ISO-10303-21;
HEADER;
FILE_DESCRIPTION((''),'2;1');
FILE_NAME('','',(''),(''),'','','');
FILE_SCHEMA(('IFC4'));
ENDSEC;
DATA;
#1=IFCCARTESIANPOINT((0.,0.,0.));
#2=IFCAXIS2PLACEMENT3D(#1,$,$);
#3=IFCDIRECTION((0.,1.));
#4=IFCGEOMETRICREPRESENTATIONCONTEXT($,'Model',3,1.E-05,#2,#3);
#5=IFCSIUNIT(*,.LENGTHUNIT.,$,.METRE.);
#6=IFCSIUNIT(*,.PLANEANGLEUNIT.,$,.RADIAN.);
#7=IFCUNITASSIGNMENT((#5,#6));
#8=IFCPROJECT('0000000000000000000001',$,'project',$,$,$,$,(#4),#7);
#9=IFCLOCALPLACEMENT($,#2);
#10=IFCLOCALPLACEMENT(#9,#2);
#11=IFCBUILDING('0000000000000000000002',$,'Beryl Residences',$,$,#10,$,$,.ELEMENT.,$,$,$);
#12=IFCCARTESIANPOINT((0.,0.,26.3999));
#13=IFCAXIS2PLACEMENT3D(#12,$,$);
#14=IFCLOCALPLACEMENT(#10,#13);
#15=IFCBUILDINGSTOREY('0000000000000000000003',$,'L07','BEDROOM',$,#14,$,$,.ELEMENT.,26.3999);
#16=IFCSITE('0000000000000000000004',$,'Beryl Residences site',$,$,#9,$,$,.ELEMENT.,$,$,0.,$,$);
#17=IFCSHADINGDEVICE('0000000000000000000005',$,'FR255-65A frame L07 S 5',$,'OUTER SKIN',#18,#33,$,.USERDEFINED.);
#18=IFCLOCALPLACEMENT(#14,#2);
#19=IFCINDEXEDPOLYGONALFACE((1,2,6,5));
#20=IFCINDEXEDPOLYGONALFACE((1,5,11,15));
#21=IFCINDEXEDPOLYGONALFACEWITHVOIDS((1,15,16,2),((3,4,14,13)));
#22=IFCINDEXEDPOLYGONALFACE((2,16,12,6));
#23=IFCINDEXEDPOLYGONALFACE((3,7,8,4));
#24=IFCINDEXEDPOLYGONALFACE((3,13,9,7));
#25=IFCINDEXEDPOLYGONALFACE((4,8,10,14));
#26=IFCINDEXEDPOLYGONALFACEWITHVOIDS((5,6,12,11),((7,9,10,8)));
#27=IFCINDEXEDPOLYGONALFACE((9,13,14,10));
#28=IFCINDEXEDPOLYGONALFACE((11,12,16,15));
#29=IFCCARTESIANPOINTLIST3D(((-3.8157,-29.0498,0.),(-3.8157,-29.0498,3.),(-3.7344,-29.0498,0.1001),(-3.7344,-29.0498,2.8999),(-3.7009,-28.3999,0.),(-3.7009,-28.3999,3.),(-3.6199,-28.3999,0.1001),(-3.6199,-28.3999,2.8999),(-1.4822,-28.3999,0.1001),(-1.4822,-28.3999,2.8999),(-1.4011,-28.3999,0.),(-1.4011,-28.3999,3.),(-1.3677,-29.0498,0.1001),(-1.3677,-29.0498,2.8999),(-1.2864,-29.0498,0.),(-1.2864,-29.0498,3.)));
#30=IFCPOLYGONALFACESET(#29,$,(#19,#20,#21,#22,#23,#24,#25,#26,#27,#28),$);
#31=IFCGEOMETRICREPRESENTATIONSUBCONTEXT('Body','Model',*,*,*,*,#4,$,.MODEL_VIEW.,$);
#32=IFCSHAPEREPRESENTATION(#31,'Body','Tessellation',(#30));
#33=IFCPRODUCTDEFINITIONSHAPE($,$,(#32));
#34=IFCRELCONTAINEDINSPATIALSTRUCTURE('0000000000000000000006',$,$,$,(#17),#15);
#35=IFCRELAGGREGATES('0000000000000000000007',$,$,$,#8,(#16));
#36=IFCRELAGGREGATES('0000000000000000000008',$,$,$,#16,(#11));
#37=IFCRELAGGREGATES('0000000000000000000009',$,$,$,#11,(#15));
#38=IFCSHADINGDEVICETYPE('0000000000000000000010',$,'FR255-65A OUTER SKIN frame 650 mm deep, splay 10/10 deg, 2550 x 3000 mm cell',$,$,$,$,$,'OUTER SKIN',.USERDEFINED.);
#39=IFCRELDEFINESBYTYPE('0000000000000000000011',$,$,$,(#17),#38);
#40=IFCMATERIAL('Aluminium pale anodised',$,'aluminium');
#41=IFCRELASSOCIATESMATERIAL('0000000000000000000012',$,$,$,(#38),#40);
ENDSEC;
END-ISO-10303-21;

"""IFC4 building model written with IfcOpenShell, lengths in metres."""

from ifc_helpers import new_model, entity, si_unit, direction, frame, origin, place, context, subcontext, project, spatial, source, transform, mapped, material, type_object, type_shapes, element, save


model = new_model("IFC4")

# Units and contexts
model_context = context("Model", 3, precision=1e-05, world=origin(), true_north=direction((0.0, 1.0)))
body_context = subcontext(model_context, "Body", "Model", "MODEL_VIEW")
ifc_project = project(units=[si_unit("LENGTHUNIT", "METRE"), si_unit("PLANEANGLEUNIT", "RADIAN")], contexts=[model_context])

# Site, building, storey
site_placement = place(None, origin())
site = spatial("IfcSite", under=ifc_project, at=site_placement, Name="Beryl Residences site", CompositionType="ELEMENT", RefElevation=0.0)
building_placement = place(site_placement, origin())
building = spatial("IfcBuilding", under=site, at=building_placement, Name="Beryl Residences", CompositionType="ELEMENT")
storey_placement = place(building_placement, frame((0.0, 0.0, 26.3999)))
storey = spatial("IfcBuildingStorey", under=building, at=storey_placement, Name="L07", Description="BEDROOM", CompositionType="ELEMENT", Elevation=26.3999)

# Shading device
ifc_material_1 = material(Name="Aluminium pale anodised", Category="aluminium")
shading_device_type = type_object("IfcShadingDeviceType", Name="FR255-65A OUTER SKIN frame 650 mm deep, splay 10/10 deg, 2550 x 3000 mm cell", ElementType="OUTER SKIN", PredefinedType="USERDEFINED", material=ifc_material_1)
cartesian_point_1 = entity("IfcCartesianPoint", [-1.1499, 0.0])
cartesian_point_2 = entity("IfcCartesianPoint", [-1.0688, 0.1001])
cartesian_point_3 = entity("IfcCartesianPoint", [-1.2646, 0.0])
cartesian_point_4 = entity("IfcCartesianPoint", [-1.1833, 0.1001])
shared_shape = source(origin(), body_context, "Body", "SweptSolid", [
    entity("IfcExtrudedAreaSolidTapered", entity("IfcArbitraryProfileDefWithVoids", "AREA", None, entity("IfcPolyline", [cartesian_point_1, entity("IfcCartesianPoint", [1.1499, 0.0]), entity("IfcCartesianPoint", [1.1499, 3.0]), entity("IfcCartesianPoint", [-1.1499, 3.0]), cartesian_point_1]), [entity("IfcPolyline", [cartesian_point_2, entity("IfcCartesianPoint", [1.0688, 0.1001]), entity("IfcCartesianPoint", [1.0688, 2.8999]), entity("IfcCartesianPoint", [-1.0688, 2.8999]), cartesian_point_2])]), entity("IfcAxis2Placement3D", entity("IfcCartesianPoint", [0.0, 0.0, 0.0]), entity("IfcDirection", [0.0, 1.0, 0.0]), entity("IfcDirection", [-1.0, 0.0, 0.0])), entity("IfcDirection", [0.0, 0.0, 1.0]), 0.6499, entity("IfcArbitraryProfileDefWithVoids", "AREA", None, entity("IfcPolyline", [cartesian_point_3, entity("IfcCartesianPoint", [1.2646, 0.0]), entity("IfcCartesianPoint", [1.2646, 3.0]), entity("IfcCartesianPoint", [-1.2646, 3.0]), cartesian_point_3]), [entity("IfcPolyline", [cartesian_point_4, entity("IfcCartesianPoint", [1.1833, 0.1001]), entity("IfcCartesianPoint", [1.1833, 2.8999]), entity("IfcCartesianPoint", [-1.1833, 2.8999]), cartesian_point_4])])),
])
type_shapes(shading_device_type, [shared_shape])
for number, where, z_axis, x_axis, name in (
    (1, (-2.551, -28.3999, 0.0), (0.0, 0.0, 1.0), (-1.0, 0.0, 0.0), "FR255-65A frame L07 S 5"),
):
    element("IfcShadingDevice", number, at=place(storey_placement, frame(where, z_axis=z_axis, x_axis=x_axis)), inside=storey, type_object=shading_device_type, Name=name, ObjectType="OUTER SKIN", PredefinedType="USERDEFINED", context=body_context, shape_type="MappedRepresentation", body=[
        mapped(shared_shape, transform((0.0, 0.0, 0.0))),
    ])

save(model, "model.ifc")
